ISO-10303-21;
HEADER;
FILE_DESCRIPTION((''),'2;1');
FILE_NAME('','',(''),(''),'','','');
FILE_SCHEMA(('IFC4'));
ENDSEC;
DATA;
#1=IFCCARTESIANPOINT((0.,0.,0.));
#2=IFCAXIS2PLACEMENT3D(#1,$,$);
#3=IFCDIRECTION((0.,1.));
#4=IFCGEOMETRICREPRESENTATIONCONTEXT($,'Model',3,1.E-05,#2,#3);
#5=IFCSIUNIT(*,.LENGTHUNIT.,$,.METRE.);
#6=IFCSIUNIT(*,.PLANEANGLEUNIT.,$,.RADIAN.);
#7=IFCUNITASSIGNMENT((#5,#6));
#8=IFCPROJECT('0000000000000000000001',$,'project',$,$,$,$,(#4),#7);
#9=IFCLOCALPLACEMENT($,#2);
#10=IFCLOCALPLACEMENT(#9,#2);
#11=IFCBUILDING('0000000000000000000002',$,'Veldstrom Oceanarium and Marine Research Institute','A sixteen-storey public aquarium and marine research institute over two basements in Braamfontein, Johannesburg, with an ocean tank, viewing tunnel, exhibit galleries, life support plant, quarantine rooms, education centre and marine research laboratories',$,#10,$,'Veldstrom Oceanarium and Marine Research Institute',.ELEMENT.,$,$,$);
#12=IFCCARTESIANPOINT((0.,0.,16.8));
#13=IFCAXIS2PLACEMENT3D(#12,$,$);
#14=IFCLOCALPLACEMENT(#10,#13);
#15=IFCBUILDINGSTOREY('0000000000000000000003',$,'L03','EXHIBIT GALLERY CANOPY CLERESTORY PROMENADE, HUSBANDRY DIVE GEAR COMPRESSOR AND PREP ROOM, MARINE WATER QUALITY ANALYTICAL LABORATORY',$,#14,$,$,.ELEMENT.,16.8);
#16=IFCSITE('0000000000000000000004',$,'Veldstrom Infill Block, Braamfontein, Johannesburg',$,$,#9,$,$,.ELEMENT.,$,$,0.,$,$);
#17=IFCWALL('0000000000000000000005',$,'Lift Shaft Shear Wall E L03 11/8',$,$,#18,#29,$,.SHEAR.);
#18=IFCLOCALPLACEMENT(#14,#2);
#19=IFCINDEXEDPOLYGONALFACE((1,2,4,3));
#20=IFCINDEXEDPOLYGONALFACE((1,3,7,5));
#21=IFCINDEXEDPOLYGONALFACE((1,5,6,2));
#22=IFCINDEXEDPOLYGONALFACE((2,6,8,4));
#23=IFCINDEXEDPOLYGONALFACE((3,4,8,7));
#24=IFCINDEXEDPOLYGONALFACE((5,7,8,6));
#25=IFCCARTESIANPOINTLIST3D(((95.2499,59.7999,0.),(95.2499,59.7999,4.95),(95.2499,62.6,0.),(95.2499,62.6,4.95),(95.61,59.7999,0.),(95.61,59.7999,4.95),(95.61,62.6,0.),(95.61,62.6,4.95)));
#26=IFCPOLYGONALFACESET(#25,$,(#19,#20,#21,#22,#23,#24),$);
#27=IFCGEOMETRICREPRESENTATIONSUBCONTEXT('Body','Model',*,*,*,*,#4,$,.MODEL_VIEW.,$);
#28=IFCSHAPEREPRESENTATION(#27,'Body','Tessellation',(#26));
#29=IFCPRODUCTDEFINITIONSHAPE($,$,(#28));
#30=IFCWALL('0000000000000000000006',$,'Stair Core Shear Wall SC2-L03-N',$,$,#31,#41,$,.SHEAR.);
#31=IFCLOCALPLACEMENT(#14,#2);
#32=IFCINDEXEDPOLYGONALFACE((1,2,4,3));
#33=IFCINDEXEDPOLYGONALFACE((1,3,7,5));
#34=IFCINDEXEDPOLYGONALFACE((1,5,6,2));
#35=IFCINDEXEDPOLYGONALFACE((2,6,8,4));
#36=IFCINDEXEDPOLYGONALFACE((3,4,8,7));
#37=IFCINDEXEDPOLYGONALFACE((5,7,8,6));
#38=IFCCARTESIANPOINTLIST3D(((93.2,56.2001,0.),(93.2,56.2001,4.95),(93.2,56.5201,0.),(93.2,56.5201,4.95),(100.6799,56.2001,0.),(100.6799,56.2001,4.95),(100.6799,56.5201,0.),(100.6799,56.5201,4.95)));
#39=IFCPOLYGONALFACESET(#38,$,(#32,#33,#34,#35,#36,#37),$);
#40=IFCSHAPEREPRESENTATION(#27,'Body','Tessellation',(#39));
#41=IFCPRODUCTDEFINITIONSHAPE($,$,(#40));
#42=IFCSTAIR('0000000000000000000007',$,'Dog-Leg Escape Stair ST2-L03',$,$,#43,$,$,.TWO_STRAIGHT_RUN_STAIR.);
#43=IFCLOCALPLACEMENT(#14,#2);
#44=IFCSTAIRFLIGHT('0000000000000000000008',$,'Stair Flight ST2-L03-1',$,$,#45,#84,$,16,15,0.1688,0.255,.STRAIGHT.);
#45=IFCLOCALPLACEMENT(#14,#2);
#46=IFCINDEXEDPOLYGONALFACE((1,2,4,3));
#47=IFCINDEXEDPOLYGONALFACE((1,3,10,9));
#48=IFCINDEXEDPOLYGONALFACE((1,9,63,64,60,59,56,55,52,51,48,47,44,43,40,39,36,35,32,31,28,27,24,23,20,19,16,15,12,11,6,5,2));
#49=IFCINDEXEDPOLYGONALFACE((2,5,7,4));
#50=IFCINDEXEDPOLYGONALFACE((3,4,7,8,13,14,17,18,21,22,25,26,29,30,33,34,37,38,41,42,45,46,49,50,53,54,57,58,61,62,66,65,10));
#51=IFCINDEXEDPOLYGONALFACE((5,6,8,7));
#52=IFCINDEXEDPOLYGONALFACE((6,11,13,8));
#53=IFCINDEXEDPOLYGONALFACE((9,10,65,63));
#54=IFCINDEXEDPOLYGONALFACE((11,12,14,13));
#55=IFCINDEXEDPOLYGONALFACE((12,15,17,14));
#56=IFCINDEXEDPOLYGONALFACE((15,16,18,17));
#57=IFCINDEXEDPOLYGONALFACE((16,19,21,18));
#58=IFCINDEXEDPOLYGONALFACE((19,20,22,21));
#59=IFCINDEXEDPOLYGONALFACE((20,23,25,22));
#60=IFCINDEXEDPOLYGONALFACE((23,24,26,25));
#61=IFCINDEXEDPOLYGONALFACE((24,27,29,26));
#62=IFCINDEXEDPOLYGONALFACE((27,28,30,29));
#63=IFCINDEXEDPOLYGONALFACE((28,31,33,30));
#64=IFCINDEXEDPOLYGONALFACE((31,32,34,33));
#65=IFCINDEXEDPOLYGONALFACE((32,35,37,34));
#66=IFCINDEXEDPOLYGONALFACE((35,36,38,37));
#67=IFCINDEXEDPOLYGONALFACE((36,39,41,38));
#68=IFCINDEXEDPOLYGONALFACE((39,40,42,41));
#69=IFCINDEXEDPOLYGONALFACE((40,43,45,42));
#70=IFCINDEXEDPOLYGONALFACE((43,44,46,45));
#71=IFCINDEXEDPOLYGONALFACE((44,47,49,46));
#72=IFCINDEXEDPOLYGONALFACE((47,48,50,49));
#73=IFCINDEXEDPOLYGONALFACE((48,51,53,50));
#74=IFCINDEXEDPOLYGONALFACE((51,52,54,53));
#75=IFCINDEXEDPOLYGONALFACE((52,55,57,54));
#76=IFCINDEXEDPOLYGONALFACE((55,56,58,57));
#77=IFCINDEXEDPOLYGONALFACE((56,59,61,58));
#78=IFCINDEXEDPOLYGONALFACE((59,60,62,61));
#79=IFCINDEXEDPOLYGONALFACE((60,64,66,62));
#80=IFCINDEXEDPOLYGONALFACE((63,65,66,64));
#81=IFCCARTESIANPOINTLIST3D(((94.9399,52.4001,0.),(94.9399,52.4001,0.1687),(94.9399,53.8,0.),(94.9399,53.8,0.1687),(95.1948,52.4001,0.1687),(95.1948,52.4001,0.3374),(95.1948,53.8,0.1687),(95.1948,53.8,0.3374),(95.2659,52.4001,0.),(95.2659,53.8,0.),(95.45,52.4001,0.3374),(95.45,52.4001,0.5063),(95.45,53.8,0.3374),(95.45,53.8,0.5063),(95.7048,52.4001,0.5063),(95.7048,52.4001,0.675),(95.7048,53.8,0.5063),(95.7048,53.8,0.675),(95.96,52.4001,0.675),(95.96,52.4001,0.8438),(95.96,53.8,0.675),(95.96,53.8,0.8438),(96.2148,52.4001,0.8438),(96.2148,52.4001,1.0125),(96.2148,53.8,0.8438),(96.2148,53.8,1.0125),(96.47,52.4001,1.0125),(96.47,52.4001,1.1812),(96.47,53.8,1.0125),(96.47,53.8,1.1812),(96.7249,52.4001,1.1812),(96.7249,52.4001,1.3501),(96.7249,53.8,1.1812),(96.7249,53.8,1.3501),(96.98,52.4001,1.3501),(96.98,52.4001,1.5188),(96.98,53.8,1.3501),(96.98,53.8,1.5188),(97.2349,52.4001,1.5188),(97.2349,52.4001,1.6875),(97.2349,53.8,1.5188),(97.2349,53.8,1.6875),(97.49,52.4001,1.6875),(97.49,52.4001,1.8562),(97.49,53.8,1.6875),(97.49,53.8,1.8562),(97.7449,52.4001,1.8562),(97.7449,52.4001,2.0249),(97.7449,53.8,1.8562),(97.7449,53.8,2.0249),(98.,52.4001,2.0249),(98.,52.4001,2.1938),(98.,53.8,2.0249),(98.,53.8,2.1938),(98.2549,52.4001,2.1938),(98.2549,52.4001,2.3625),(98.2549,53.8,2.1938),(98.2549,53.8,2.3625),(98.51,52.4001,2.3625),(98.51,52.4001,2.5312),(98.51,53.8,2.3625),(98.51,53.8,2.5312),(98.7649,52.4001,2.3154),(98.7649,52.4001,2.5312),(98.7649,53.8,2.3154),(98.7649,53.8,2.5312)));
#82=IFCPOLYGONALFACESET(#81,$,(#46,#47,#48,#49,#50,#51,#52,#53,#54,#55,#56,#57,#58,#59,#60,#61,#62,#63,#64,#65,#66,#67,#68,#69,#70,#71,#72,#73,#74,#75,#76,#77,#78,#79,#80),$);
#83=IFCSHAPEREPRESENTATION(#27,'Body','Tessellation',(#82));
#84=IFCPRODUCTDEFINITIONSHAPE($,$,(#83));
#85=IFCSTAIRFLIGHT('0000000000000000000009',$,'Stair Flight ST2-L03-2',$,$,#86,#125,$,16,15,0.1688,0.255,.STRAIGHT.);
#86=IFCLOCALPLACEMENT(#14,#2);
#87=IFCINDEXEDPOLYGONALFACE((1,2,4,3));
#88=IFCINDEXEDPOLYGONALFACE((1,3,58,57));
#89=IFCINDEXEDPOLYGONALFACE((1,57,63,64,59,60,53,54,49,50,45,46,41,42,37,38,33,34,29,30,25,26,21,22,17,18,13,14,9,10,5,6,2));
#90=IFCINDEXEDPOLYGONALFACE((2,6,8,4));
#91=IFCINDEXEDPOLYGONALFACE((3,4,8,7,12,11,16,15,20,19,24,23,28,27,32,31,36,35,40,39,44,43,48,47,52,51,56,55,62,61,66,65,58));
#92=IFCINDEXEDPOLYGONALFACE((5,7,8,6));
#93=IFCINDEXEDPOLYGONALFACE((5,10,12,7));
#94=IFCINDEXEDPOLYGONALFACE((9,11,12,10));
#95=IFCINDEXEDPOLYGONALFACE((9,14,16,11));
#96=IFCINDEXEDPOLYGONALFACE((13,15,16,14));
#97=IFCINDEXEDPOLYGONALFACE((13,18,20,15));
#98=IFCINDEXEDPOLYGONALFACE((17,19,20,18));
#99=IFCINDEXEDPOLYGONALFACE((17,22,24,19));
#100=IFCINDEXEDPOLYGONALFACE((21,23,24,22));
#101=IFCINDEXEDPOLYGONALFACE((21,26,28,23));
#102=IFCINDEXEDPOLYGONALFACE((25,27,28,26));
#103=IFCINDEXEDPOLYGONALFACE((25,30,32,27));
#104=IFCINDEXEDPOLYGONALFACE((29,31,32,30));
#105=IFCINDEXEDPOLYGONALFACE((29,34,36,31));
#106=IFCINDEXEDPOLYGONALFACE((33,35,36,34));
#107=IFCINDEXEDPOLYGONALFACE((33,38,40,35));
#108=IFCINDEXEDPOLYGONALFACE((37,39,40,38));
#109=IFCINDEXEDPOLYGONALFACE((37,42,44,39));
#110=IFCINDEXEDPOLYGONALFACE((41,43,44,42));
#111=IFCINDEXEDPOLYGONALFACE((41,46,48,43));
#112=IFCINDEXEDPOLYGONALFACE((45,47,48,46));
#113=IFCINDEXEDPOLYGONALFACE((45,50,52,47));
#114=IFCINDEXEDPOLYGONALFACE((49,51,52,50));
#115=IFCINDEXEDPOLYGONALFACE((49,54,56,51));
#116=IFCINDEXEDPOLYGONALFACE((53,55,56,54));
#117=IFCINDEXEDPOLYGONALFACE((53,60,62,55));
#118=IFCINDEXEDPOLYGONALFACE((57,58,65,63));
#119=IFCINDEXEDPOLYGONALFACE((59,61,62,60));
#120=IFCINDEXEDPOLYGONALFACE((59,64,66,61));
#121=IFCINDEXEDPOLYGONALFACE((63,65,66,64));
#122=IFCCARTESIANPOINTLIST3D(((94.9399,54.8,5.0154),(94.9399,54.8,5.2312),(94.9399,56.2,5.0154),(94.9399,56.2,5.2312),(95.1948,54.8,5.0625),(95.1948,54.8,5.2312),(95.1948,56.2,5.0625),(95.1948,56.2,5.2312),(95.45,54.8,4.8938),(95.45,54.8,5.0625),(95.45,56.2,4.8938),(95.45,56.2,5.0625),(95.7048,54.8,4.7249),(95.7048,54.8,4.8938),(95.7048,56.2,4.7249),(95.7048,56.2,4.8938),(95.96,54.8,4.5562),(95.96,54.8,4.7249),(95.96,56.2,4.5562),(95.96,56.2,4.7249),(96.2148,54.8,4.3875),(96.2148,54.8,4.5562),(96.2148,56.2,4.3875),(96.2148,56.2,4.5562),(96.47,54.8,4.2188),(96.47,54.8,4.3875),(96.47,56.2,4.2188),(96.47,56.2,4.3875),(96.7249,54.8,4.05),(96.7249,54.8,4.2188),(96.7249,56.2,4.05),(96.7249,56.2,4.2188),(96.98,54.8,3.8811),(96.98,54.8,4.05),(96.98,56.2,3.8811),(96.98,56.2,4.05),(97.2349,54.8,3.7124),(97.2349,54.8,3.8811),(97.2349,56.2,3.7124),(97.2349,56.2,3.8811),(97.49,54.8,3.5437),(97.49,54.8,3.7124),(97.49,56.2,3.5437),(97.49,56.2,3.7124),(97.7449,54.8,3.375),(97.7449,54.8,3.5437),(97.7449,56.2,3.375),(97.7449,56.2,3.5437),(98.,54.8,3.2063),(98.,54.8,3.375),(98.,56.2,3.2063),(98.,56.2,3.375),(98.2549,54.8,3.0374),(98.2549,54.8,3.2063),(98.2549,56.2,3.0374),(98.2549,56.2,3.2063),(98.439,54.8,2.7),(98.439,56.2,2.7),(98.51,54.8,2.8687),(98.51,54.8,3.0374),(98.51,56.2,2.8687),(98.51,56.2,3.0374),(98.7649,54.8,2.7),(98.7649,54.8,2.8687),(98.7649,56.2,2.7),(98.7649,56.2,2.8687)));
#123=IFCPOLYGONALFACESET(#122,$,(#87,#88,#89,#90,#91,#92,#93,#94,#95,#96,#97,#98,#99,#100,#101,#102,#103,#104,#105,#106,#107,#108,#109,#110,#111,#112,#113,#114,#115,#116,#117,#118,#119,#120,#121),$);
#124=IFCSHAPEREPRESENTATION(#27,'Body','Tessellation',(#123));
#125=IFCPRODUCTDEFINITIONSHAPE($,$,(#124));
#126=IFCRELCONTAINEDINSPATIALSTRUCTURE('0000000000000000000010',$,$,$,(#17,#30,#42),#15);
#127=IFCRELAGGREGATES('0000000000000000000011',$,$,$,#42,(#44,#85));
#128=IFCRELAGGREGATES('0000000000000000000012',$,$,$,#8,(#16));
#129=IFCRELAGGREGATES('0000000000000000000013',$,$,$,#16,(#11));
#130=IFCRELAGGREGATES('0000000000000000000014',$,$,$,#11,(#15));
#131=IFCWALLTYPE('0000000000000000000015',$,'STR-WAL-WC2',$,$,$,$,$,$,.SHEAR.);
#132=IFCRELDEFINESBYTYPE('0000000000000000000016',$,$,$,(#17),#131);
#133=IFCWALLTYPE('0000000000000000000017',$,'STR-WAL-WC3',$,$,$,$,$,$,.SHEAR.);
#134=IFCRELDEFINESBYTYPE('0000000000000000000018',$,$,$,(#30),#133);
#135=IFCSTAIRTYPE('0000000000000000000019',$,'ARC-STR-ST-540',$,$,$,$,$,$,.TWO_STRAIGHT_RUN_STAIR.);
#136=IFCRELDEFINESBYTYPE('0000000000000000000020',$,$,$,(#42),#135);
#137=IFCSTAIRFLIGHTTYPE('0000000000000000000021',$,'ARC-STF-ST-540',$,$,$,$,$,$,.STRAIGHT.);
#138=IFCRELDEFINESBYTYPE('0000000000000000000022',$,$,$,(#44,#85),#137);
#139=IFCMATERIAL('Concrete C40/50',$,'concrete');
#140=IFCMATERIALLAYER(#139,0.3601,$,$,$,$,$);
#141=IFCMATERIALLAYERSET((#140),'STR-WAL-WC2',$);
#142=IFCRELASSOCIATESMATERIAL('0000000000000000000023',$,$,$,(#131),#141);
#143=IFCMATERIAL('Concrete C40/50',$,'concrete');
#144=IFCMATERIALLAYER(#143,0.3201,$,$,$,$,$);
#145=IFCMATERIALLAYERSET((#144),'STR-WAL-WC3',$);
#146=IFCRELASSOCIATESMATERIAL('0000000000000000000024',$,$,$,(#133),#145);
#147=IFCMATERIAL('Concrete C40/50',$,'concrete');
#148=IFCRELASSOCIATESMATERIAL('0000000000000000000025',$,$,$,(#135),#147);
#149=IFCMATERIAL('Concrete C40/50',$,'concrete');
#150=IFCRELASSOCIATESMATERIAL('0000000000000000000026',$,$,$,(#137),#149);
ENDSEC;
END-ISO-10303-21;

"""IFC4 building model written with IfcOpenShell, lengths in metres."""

from ifc_helpers import new_model, si_unit, direction, frame, frame_2d, origin, place, context, subcontext, project, spatial, polyline, rectangle, outline, extrude, material, layer, layer_set, type_object, element, aggregate, save


model = new_model("IFC4")

# Units and contexts
model_context = context("Model", 3, precision=1e-05, world=origin(), true_north=direction((0.0, 1.0)))
body_context = subcontext(model_context, "Body", "Model", "MODEL_VIEW")
ifc_project = project(units=[si_unit("LENGTHUNIT", "METRE"), si_unit("PLANEANGLEUNIT", "RADIAN")], contexts=[model_context])

# Site, building, storey
site_placement = place(None, origin())
site = spatial("IfcSite", under=ifc_project, at=site_placement, Name="Veldstrom Infill Block, Braamfontein, Johannesburg", CompositionType="ELEMENT", RefElevation=0.0)
building_placement = place(site_placement, origin())
building = spatial("IfcBuilding", under=site, at=building_placement, Name="Veldstrom Oceanarium and Marine Research Institute", Description="A sixteen-storey public aquarium and marine research institute over two basements in Braamfontein, Johannesburg, with an ocean tank, viewing tunnel, exhibit galleries, life support plant, quarantine rooms, education centre and marine research laboratories", LongName="Veldstrom Oceanarium and Marine Research Institute", CompositionType="ELEMENT")
storey_placement = place(building_placement, frame((0.0, 0.0, 16.8)))
storey = spatial("IfcBuildingStorey", under=building, at=storey_placement, Name="L03", Description="EXHIBIT GALLERY CANOPY CLERESTORY PROMENADE, HUSBANDRY DIVE GEAR COMPRESSOR AND PREP ROOM, MARINE WATER QUALITY ANALYTICAL LABORATORY", CompositionType="ELEMENT", Elevation=16.8)

# Shared definitions
ifc_material_1 = material(Name="Concrete C40/50", Category="concrete")
ifc_layer_1 = layer(ifc_material_1, 0.3601)
ifc_layer_set_1 = layer_set([ifc_layer_1], Name="STR-WAL-WC2")
wall_type_1 = type_object("IfcWallType", Name="STR-WAL-WC2", PredefinedType="SHEAR", material=ifc_layer_set_1)

# Walls
for number, where, z_axis, x_axis, name in (
    (1, (95.4299, 59.8, 0.0), (0.0, 0.0, 1.0), (0.0, 1.0, 0.0), "Lift Shaft Shear Wall E L03 11/8"),
):
    element("IfcWall", number, at=place(storey_placement, frame(where, z_axis=z_axis, x_axis=x_axis)), inside=storey, type_object=wall_type_1, Name=name, PredefinedType="SHEAR", context=body_context, shape_type="SweptSolid", body=[
        extrude(rectangle(XDim=2.8, YDim=0.3601, at=frame_2d((1.3999, 0.0))), origin(), (0.0, 0.0, 1.0), 4.95),
    ])
ifc_material_2 = material(Name="Concrete C40/50", Category="concrete")
ifc_layer_2 = layer(ifc_material_2, 0.3201)
ifc_layer_set_2 = layer_set([ifc_layer_2], Name="STR-WAL-WC3")
wall_type_2 = type_object("IfcWallType", Name="STR-WAL-WC3", PredefinedType="SHEAR", material=ifc_layer_set_2)
wall_1_placement = place(storey_placement, frame((93.2, 56.3601, 0.0), z_axis=(0.0, 0.0, 1.0), x_axis=(1.0, 0.0, 0.0)))
element("IfcWall", 2, at=wall_1_placement, inside=storey, type_object=wall_type_2, Name="Stair Core Shear Wall SC2-L03-N", PredefinedType="SHEAR", context=body_context, shape_type="SweptSolid", body=[
    extrude(rectangle(XDim=7.48, YDim=0.3201, at=frame_2d((3.74, 0.0))), origin(), (0.0, 0.0, 1.0), 4.95),
])

# Stair, stair flights
ifc_material_3 = material(Name="Concrete C40/50", Category="concrete")
stair_type = type_object("IfcStairType", Name="ARC-STR-ST-540", PredefinedType="TWO_STRAIGHT_RUN_STAIR", material=ifc_material_3)
stair_placement = place(storey_placement, origin())
stair = element("IfcStair", 3, at=stair_placement, inside=storey, type_object=stair_type, Name="Dog-Leg Escape Stair ST2-L03", PredefinedType="TWO_STRAIGHT_RUN_STAIR")
ifc_material_4 = material(Name="Concrete C40/50", Category="concrete")
stair_flight_type = type_object("IfcStairFlightType", Name="ARC-STF-ST-540", PredefinedType="STRAIGHT", material=ifc_material_4)
stair_flight_1_placement = place(storey_placement, frame((94.9399, 53.1001, 0.0), z_axis=(0.0, 0.0, 1.0), x_axis=(1.0, 0.0, 0.0)))
stair_flight_1 = element("IfcStairFlight", 4, at=stair_flight_1_placement, type_object=stair_flight_type, Name="Stair Flight ST2-L03-1", NumberOfRisers=16, NumberOfTreads=15, PredefinedType="STRAIGHT", RiserHeight=0.1688, TreadLength=0.255, context=body_context, shape_type="SweptSolid", body=[
    extrude(outline(polyline([(0.0, 0.0), (0.0, 0.1687), (0.2549, 0.1687), (0.2549, 0.3374), (0.51, 0.3374), (0.51, 0.5063), (0.7649, 0.5063), (0.7649, 0.675), (1.02, 0.675), (1.02, 0.8438), (1.2749, 0.8438), (1.2749, 1.0125), (1.53, 1.0125), (1.53, 1.1812), (1.7849, 1.1812), (1.7849, 1.3501), (2.04, 1.3501), (2.04, 1.5188), (2.2949, 1.5188), (2.2949, 1.6875), (2.55, 1.6875), (2.55, 1.8562), (2.8049, 1.8562), (2.8049, 2.0249), (3.0601, 2.0249), (3.0601, 2.1938), (3.3149, 2.1938), (3.3149, 2.3625), (3.5701, 2.3625), (3.5701, 2.5312), (3.825, 2.5312), (3.825, 2.7), (3.825, 2.3154), (0.3259, 0.0), (0.0, 0.0)])), frame((0.0, 0.7, 0.0), z_axis=(0.0, -1.0, 0.0), x_axis=(1.0, 0.0, 0.0)), (0.0, 0.0, 1.0), 1.3999),
])
stair_flight_2_placement = place(storey_placement, frame((98.7649, 55.5, 2.7), z_axis=(0.0, 0.0, 1.0), x_axis=(-1.0, 0.0, 0.0)))
stair_flight_2 = element("IfcStairFlight", 5, at=stair_flight_2_placement, type_object=stair_flight_type, Name="Stair Flight ST2-L03-2", NumberOfRisers=16, NumberOfTreads=15, PredefinedType="STRAIGHT", RiserHeight=0.1688, TreadLength=0.255, context=body_context, shape_type="SweptSolid", body=[
    extrude(outline(polyline([(0.0, 0.0), (0.0, 0.1687), (0.2549, 0.1687), (0.2549, 0.3374), (0.51, 0.3374), (0.51, 0.5063), (0.7649, 0.5063), (0.7649, 0.675), (1.02, 0.675), (1.02, 0.8438), (1.2749, 0.8438), (1.2749, 1.0125), (1.53, 1.0125), (1.53, 1.1812), (1.7849, 1.1812), (1.7849, 1.3501), (2.04, 1.3501), (2.04, 1.5188), (2.2949, 1.5188), (2.2949, 1.6875), (2.55, 1.6875), (2.55, 1.8562), (2.8049, 1.8562), (2.8049, 2.0249), (3.0601, 2.0249), (3.0601, 2.1938), (3.3149, 2.1938), (3.3149, 2.3625), (3.5701, 2.3625), (3.5701, 2.5312), (3.825, 2.5312), (3.825, 2.7), (3.825, 2.3154), (0.3259, 0.0), (0.0, 0.0)])), frame((0.0, 0.7, 0.0), z_axis=(0.0, -1.0, 0.0), x_axis=(1.0, 0.0, 0.0)), (0.0, 0.0, 1.0), 1.3999),
])
aggregate(stair, [stair_flight_1, stair_flight_2])

save(model, "model.ifc")
